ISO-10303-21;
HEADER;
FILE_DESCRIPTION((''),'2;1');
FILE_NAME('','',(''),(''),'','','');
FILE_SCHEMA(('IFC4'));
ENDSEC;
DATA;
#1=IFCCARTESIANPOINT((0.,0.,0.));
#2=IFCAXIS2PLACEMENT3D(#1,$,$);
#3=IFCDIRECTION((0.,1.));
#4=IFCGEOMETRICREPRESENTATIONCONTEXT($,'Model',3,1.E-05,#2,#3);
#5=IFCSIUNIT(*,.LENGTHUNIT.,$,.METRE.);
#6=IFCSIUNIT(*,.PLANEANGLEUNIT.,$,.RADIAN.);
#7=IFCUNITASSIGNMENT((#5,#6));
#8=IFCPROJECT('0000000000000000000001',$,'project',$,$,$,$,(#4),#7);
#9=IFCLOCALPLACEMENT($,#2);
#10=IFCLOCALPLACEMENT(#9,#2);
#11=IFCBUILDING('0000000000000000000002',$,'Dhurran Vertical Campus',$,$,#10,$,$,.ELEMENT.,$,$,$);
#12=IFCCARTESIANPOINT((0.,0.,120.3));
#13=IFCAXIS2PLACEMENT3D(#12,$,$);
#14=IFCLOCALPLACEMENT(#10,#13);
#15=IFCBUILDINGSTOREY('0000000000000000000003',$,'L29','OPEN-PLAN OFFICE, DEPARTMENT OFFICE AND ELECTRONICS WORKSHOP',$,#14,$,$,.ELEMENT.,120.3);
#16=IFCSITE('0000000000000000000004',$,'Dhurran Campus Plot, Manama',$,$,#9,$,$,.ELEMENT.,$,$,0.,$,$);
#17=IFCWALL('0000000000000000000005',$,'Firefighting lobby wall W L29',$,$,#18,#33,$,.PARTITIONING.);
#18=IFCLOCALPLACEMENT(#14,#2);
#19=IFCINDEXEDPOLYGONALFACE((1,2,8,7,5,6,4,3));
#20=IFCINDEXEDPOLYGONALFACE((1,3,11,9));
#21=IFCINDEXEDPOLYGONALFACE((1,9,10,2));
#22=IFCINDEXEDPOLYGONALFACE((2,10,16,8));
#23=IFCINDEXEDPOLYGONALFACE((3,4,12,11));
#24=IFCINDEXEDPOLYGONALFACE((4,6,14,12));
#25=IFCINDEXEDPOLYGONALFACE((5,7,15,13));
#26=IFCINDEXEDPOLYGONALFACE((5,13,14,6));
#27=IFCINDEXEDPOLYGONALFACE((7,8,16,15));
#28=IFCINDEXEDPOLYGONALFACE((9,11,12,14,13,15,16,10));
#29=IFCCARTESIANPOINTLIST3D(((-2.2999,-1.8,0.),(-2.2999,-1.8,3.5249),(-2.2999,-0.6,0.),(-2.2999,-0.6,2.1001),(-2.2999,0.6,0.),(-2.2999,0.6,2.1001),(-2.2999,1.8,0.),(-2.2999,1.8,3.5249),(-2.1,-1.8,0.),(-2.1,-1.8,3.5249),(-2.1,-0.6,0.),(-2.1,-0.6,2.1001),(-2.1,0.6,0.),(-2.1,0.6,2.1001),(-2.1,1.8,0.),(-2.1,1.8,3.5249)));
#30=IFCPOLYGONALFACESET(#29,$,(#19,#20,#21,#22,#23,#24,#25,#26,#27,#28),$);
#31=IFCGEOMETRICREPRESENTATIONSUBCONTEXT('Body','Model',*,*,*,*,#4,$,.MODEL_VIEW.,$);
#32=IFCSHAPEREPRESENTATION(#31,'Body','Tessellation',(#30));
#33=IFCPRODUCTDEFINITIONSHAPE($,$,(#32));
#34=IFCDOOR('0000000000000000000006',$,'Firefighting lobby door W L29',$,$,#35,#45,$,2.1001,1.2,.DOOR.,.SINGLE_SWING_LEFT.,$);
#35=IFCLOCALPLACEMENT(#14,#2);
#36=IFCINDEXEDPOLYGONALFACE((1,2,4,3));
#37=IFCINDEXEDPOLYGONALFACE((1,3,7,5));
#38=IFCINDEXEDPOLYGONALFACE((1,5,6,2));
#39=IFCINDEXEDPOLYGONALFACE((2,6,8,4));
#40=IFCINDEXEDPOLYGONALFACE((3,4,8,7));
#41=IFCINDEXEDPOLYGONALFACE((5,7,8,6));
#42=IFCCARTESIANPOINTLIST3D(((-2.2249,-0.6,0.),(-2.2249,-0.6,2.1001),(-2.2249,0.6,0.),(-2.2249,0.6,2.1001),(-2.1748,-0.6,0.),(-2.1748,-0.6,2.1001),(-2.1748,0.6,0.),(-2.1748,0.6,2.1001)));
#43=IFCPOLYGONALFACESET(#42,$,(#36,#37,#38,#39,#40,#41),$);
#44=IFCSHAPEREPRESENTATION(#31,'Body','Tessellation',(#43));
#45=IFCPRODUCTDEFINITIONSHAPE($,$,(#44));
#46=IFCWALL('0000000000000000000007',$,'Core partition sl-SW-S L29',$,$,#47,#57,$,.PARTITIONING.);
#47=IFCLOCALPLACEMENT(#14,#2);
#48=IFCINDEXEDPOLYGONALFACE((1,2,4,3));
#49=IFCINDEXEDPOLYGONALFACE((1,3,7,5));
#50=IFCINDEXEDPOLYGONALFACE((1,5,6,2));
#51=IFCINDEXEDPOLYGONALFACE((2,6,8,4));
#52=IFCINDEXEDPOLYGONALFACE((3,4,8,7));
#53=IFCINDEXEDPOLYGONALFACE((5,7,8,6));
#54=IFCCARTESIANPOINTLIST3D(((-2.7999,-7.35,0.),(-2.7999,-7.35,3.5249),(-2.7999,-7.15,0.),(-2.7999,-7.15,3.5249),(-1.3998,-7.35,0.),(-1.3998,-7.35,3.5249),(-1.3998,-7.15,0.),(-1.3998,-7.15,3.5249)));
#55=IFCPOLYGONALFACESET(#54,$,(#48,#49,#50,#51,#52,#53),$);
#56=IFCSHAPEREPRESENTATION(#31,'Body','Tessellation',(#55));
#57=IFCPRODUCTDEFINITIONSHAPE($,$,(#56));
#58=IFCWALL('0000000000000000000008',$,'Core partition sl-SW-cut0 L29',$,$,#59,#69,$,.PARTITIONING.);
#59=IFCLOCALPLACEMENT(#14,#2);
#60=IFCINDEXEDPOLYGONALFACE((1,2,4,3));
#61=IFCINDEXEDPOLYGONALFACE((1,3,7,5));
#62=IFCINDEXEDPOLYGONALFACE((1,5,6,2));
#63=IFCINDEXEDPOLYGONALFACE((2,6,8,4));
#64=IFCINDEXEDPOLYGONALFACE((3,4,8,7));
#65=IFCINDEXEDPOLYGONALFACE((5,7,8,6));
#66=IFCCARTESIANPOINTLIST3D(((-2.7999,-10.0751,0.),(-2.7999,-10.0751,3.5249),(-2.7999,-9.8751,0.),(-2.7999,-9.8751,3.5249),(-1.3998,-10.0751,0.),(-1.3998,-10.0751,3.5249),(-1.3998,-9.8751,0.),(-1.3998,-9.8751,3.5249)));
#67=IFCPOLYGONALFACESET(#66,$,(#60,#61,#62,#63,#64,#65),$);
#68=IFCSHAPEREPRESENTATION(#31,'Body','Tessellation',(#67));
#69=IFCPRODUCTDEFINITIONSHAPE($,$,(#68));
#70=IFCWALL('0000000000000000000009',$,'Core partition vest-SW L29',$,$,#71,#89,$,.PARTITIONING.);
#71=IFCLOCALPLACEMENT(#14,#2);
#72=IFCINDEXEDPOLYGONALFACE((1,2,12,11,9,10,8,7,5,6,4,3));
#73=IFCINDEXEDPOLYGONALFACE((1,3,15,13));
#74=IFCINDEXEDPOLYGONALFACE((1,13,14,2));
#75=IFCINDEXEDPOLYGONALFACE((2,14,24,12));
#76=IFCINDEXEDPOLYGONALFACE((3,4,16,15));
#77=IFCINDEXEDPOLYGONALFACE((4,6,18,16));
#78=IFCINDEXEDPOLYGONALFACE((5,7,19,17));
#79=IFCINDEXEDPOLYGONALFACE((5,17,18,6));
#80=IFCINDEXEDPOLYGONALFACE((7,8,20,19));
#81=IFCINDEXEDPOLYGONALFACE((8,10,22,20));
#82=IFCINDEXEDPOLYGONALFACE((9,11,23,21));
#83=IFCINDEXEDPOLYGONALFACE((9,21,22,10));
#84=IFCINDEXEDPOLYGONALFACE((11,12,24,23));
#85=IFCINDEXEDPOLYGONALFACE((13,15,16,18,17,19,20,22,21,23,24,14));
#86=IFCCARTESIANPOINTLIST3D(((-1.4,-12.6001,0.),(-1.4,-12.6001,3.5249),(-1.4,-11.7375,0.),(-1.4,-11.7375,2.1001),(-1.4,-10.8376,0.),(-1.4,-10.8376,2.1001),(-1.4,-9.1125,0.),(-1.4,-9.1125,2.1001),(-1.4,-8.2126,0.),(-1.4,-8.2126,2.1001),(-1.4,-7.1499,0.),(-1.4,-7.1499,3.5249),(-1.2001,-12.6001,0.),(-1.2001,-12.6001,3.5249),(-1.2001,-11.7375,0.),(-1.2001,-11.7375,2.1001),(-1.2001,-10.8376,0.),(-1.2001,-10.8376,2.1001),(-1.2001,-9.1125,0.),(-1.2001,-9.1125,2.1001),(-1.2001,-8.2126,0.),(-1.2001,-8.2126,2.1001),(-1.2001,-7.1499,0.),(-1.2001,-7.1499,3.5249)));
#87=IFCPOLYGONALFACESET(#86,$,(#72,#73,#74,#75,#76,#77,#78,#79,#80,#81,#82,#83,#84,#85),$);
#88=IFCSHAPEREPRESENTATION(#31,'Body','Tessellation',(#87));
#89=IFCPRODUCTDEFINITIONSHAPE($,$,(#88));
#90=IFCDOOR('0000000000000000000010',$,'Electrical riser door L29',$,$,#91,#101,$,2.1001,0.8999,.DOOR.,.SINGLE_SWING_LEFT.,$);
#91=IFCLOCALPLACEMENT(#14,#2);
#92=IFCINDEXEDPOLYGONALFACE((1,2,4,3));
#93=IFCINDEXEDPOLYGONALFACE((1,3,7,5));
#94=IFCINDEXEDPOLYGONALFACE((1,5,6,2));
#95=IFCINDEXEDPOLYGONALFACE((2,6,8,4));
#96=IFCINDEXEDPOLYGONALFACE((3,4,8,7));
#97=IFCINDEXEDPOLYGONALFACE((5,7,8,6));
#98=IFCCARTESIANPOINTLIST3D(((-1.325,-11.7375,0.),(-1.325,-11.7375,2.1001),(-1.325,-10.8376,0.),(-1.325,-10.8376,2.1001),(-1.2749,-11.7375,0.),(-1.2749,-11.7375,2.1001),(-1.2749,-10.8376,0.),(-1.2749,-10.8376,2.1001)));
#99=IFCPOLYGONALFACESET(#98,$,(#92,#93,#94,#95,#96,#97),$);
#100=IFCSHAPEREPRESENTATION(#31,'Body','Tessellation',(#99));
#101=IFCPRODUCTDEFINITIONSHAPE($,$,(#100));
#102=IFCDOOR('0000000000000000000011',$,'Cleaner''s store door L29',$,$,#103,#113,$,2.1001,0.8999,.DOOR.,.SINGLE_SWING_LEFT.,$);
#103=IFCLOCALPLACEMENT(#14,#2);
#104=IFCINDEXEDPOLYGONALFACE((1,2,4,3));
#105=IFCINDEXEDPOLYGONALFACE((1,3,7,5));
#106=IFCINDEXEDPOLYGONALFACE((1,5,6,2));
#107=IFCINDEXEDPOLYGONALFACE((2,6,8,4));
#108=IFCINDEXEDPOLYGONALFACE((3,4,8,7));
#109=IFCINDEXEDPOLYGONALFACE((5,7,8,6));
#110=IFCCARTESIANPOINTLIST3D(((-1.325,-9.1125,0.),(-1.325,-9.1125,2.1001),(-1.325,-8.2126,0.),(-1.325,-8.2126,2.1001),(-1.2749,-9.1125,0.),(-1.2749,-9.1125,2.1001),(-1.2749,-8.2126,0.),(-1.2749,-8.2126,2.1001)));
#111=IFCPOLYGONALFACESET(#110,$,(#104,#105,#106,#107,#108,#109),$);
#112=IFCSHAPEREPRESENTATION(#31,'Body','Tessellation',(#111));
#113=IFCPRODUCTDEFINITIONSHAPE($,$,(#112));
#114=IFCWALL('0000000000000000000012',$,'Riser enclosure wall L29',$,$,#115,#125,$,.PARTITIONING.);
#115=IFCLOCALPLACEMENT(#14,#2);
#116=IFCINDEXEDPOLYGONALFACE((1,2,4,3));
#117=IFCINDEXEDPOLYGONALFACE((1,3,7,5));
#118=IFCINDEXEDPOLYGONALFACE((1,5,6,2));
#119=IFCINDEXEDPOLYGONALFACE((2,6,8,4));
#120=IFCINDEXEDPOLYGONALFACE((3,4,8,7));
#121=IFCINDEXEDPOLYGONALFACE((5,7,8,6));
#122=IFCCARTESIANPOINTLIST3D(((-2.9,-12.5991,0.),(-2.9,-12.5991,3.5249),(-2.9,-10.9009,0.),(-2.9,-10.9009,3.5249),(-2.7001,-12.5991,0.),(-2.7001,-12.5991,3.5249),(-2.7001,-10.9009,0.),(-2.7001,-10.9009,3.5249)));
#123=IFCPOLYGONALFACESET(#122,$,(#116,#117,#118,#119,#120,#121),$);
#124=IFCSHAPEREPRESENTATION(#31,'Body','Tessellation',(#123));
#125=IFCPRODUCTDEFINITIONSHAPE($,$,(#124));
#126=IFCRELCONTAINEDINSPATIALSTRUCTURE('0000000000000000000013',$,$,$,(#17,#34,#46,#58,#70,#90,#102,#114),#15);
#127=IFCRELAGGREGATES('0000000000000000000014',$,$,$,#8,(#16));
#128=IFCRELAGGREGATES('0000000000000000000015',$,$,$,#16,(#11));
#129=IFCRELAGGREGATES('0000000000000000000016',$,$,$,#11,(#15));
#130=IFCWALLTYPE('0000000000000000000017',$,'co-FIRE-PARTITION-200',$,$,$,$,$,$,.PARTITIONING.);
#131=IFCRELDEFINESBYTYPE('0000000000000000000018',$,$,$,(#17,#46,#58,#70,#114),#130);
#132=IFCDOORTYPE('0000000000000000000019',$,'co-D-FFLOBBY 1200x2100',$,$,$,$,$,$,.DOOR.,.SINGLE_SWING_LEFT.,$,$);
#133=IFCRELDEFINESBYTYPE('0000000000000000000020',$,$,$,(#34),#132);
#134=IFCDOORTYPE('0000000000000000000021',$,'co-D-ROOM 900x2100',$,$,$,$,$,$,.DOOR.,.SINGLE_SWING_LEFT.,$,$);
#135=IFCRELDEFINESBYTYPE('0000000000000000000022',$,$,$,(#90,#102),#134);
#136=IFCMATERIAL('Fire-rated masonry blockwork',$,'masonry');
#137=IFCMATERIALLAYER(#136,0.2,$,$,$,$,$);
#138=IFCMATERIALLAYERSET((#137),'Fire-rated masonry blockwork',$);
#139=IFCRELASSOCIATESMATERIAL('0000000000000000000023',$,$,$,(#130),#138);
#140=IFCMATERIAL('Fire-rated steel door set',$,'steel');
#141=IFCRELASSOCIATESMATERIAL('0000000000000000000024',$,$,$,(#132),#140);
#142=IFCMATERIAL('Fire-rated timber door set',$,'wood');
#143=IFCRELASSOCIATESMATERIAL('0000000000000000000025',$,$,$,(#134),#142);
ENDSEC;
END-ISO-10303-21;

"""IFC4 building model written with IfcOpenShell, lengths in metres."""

from ifc_helpers import new_model, si_unit, direction, frame, frame_2d, origin, place, context, subcontext, project, spatial, rectangle, extrude, material, layer, layer_set, type_object, element, fill, save


model = new_model("IFC4")

# Units and contexts
model_context = context("Model", 3, precision=1e-05, world=origin(), true_north=direction((0.0, 1.0)))
body_context = subcontext(model_context, "Body", "Model", "MODEL_VIEW")
ifc_project = project(units=[si_unit("LENGTHUNIT", "METRE"), si_unit("PLANEANGLEUNIT", "RADIAN")], contexts=[model_context])

# Site, building, storey
site_placement = place(None, origin())
site = spatial("IfcSite", under=ifc_project, at=site_placement, Name="Dhurran Campus Plot, Manama", CompositionType="ELEMENT", RefElevation=0.0)
building_placement = place(site_placement, origin())
building = spatial("IfcBuilding", under=site, at=building_placement, Name="Dhurran Vertical Campus", CompositionType="ELEMENT")
storey_placement = place(building_placement, frame((0.0, 0.0, 120.3)))
storey = spatial("IfcBuildingStorey", under=building, at=storey_placement, Name="L29", Description="OPEN-PLAN OFFICE, DEPARTMENT OFFICE AND ELECTRONICS WORKSHOP", CompositionType="ELEMENT", Elevation=120.3)

# Wall, opening, door
ifc_material_1 = material(Name="Fire-rated masonry blockwork", Category="masonry")
ifc_layer_1 = layer(ifc_material_1, 0.2)
ifc_layer_set_1 = layer_set([ifc_layer_1], Name="Fire-rated masonry blockwork")
wall_type_1 = type_object("IfcWallType", Name="co-FIRE-PARTITION-200", PredefinedType="PARTITIONING", material=ifc_layer_set_1)
wall_1_placement = place(storey_placement, frame((-2.2, -1.8, 0.0), z_axis=(0.0, 0.0, 1.0), x_axis=(0.0, 1.0, 0.0)))
wall_1 = element("IfcWall", 1, at=wall_1_placement, inside=storey, type_object=wall_type_1, Name="Firefighting lobby wall W L29", PredefinedType="PARTITIONING", context=body_context, shape_type="SweptSolid", body=[
    extrude(rectangle(XDim=3.6001, YDim=0.2, at=frame_2d((1.8, 0.0))), origin(), (0.0, 0.0, 1.0), 3.5249),
])
opening_1_placement = place(wall_1_placement, frame((1.2, 0.0, 0.0)))
opening_1 = element("IfcOpeningElement", 2, at=opening_1_placement, cuts=wall_1, PredefinedType="OPENING", context=body_context, shape_type="SweptSolid", body=[
    extrude(rectangle(XDim=1.2, YDim=2.1001, at=frame_2d((0.6001, 1.05))), frame((0.0, 0.1099, 0.0), z_axis=(0.0, -1.0, 0.0), x_axis=(1.0, 0.0, 0.0)), (0.0, 0.0, 1.0), 0.22),
])
ifc_material_2 = material(Name="Fire-rated steel door set", Category="steel")
door_type_1 = type_object("IfcDoorType", Name="co-D-FFLOBBY 1200x2100", OperationType="SINGLE_SWING_LEFT", PredefinedType="DOOR", material=ifc_material_2)
door_1_placement = place(opening_1_placement, origin())
door_1 = element("IfcDoor", 3, at=door_1_placement, inside=storey, type_object=door_type_1, Name="Firefighting lobby door W L29", OperationType="SINGLE_SWING_LEFT", OverallHeight=2.1001, OverallWidth=1.2, PredefinedType="DOOR", context=body_context, shape_type="SweptSolid", body=[
    extrude(rectangle(XDim=1.2, YDim=2.1001, at=frame_2d((0.6001, 1.05))), frame((0.0, 0.0249, 0.0), z_axis=(0.0, -1.0, 0.0), x_axis=(1.0, 0.0, 0.0)), (0.0, 0.0, 1.0), 0.05),
])
fill(opening_1, door_1)

# Walls
for number, where, z_axis, x_axis, name in (
    (4, (-2.8, -7.25, 0.0), (0.0, 0.0, 1.0), (1.0, 0.0, 0.0), "Core partition sl-SW-S L29"),
    (5, (-2.8, -9.9751, 0.0), (0.0, 0.0, 1.0), (1.0, 0.0, 0.0), "Core partition sl-SW-cut0 L29"),
):
    element("IfcWall", number, at=place(storey_placement, frame(where, z_axis=z_axis, x_axis=x_axis)), inside=storey, type_object=wall_type_1, Name=name, PredefinedType="PARTITIONING", context=body_context, shape_type="SweptSolid", body=[
        extrude(rectangle(XDim=1.4001, YDim=0.2, at=frame_2d((0.7002, 0.0))), origin(), (0.0, 0.0, 1.0), 3.5249),
    ])

# Wall, openings, doors
wall_2_placement = place(storey_placement, frame((-1.3, -12.6001, 0.0), z_axis=(0.0, 0.0, 1.0), x_axis=(0.0, 1.0, 0.0)))
wall_2 = element("IfcWall", 6, at=wall_2_placement, inside=storey, type_object=wall_type_1, Name="Core partition vest-SW L29", PredefinedType="PARTITIONING", context=body_context, shape_type="SweptSolid", body=[
    extrude(rectangle(XDim=5.4502, YDim=0.2, at=frame_2d((2.7251, 0.0))), origin(), (0.0, 0.0, 1.0), 3.5249),
])
opening_2_placement = place(wall_2_placement, frame((0.8625, 0.0, 0.0)))
opening_2 = element("IfcOpeningElement", 7, at=opening_2_placement, cuts=wall_2, PredefinedType="OPENING", context=body_context, shape_type="SweptSolid", body=[
    extrude(rectangle(XDim=0.8999, YDim=2.1001, at=frame_2d((0.45, 1.05))), frame((0.0, 0.1099, 0.0), z_axis=(0.0, -1.0, 0.0), x_axis=(1.0, 0.0, 0.0)), (0.0, 0.0, 1.0), 0.22),
])
opening_3_placement = place(wall_2_placement, frame((3.4875, 0.0, 0.0)))
opening_3 = element("IfcOpeningElement", 8, at=opening_3_placement, cuts=wall_2, PredefinedType="OPENING", context=body_context, shape_type="SweptSolid", body=[
    extrude(rectangle(XDim=0.8999, YDim=2.1001, at=frame_2d((0.45, 1.05))), frame((0.0, 0.1099, 0.0), z_axis=(0.0, -1.0, 0.0), x_axis=(1.0, 0.0, 0.0)), (0.0, 0.0, 1.0), 0.22),
])
ifc_material_3 = material(Name="Fire-rated timber door set", Category="wood")
door_type_2 = type_object("IfcDoorType", Name="co-D-ROOM 900x2100", OperationType="SINGLE_SWING_LEFT", PredefinedType="DOOR", material=ifc_material_3)
door_2_placement = place(opening_2_placement, origin())
door_2 = element("IfcDoor", 9, at=door_2_placement, inside=storey, type_object=door_type_2, Name="Electrical riser door L29", OperationType="SINGLE_SWING_LEFT", OverallHeight=2.1001, OverallWidth=0.8999, PredefinedType="DOOR", context=body_context, shape_type="SweptSolid", body=[
    extrude(rectangle(XDim=0.8999, YDim=2.1001, at=frame_2d((0.45, 1.05))), frame((0.0, 0.0249, 0.0), z_axis=(0.0, -1.0, 0.0), x_axis=(1.0, 0.0, 0.0)), (0.0, 0.0, 1.0), 0.05),
])
fill(opening_2, door_2)
door_3_placement = place(opening_3_placement, origin())
door_3 = element("IfcDoor", 10, at=door_3_placement, inside=storey, type_object=door_type_2, Name="Cleaner's store door L29", OperationType="SINGLE_SWING_LEFT", OverallHeight=2.1001, OverallWidth=0.8999, PredefinedType="DOOR", context=body_context, shape_type="SweptSolid", body=[
    extrude(rectangle(XDim=0.8999, YDim=2.1001, at=frame_2d((0.45, 1.05))), frame((0.0, 0.0249, 0.0), z_axis=(0.0, -1.0, 0.0), x_axis=(1.0, 0.0, 0.0)), (0.0, 0.0, 1.0), 0.05),
])
fill(opening_3, door_3)

# Wall
wall_3_placement = place(storey_placement, frame((-2.8, -12.5991, 0.0), z_axis=(0.0, 0.0, 1.0), x_axis=(0.0, 1.0, 0.0)))
element("IfcWall", 11, at=wall_3_placement, inside=storey, type_object=wall_type_1, Name="Riser enclosure wall L29", PredefinedType="PARTITIONING", context=body_context, shape_type="SweptSolid", body=[
    extrude(rectangle(XDim=1.6982, YDim=0.2, at=frame_2d((0.8491, 0.0))), origin(), (0.0, 0.0, 1.0), 3.5249),
])

save(model, "model.ifc")
